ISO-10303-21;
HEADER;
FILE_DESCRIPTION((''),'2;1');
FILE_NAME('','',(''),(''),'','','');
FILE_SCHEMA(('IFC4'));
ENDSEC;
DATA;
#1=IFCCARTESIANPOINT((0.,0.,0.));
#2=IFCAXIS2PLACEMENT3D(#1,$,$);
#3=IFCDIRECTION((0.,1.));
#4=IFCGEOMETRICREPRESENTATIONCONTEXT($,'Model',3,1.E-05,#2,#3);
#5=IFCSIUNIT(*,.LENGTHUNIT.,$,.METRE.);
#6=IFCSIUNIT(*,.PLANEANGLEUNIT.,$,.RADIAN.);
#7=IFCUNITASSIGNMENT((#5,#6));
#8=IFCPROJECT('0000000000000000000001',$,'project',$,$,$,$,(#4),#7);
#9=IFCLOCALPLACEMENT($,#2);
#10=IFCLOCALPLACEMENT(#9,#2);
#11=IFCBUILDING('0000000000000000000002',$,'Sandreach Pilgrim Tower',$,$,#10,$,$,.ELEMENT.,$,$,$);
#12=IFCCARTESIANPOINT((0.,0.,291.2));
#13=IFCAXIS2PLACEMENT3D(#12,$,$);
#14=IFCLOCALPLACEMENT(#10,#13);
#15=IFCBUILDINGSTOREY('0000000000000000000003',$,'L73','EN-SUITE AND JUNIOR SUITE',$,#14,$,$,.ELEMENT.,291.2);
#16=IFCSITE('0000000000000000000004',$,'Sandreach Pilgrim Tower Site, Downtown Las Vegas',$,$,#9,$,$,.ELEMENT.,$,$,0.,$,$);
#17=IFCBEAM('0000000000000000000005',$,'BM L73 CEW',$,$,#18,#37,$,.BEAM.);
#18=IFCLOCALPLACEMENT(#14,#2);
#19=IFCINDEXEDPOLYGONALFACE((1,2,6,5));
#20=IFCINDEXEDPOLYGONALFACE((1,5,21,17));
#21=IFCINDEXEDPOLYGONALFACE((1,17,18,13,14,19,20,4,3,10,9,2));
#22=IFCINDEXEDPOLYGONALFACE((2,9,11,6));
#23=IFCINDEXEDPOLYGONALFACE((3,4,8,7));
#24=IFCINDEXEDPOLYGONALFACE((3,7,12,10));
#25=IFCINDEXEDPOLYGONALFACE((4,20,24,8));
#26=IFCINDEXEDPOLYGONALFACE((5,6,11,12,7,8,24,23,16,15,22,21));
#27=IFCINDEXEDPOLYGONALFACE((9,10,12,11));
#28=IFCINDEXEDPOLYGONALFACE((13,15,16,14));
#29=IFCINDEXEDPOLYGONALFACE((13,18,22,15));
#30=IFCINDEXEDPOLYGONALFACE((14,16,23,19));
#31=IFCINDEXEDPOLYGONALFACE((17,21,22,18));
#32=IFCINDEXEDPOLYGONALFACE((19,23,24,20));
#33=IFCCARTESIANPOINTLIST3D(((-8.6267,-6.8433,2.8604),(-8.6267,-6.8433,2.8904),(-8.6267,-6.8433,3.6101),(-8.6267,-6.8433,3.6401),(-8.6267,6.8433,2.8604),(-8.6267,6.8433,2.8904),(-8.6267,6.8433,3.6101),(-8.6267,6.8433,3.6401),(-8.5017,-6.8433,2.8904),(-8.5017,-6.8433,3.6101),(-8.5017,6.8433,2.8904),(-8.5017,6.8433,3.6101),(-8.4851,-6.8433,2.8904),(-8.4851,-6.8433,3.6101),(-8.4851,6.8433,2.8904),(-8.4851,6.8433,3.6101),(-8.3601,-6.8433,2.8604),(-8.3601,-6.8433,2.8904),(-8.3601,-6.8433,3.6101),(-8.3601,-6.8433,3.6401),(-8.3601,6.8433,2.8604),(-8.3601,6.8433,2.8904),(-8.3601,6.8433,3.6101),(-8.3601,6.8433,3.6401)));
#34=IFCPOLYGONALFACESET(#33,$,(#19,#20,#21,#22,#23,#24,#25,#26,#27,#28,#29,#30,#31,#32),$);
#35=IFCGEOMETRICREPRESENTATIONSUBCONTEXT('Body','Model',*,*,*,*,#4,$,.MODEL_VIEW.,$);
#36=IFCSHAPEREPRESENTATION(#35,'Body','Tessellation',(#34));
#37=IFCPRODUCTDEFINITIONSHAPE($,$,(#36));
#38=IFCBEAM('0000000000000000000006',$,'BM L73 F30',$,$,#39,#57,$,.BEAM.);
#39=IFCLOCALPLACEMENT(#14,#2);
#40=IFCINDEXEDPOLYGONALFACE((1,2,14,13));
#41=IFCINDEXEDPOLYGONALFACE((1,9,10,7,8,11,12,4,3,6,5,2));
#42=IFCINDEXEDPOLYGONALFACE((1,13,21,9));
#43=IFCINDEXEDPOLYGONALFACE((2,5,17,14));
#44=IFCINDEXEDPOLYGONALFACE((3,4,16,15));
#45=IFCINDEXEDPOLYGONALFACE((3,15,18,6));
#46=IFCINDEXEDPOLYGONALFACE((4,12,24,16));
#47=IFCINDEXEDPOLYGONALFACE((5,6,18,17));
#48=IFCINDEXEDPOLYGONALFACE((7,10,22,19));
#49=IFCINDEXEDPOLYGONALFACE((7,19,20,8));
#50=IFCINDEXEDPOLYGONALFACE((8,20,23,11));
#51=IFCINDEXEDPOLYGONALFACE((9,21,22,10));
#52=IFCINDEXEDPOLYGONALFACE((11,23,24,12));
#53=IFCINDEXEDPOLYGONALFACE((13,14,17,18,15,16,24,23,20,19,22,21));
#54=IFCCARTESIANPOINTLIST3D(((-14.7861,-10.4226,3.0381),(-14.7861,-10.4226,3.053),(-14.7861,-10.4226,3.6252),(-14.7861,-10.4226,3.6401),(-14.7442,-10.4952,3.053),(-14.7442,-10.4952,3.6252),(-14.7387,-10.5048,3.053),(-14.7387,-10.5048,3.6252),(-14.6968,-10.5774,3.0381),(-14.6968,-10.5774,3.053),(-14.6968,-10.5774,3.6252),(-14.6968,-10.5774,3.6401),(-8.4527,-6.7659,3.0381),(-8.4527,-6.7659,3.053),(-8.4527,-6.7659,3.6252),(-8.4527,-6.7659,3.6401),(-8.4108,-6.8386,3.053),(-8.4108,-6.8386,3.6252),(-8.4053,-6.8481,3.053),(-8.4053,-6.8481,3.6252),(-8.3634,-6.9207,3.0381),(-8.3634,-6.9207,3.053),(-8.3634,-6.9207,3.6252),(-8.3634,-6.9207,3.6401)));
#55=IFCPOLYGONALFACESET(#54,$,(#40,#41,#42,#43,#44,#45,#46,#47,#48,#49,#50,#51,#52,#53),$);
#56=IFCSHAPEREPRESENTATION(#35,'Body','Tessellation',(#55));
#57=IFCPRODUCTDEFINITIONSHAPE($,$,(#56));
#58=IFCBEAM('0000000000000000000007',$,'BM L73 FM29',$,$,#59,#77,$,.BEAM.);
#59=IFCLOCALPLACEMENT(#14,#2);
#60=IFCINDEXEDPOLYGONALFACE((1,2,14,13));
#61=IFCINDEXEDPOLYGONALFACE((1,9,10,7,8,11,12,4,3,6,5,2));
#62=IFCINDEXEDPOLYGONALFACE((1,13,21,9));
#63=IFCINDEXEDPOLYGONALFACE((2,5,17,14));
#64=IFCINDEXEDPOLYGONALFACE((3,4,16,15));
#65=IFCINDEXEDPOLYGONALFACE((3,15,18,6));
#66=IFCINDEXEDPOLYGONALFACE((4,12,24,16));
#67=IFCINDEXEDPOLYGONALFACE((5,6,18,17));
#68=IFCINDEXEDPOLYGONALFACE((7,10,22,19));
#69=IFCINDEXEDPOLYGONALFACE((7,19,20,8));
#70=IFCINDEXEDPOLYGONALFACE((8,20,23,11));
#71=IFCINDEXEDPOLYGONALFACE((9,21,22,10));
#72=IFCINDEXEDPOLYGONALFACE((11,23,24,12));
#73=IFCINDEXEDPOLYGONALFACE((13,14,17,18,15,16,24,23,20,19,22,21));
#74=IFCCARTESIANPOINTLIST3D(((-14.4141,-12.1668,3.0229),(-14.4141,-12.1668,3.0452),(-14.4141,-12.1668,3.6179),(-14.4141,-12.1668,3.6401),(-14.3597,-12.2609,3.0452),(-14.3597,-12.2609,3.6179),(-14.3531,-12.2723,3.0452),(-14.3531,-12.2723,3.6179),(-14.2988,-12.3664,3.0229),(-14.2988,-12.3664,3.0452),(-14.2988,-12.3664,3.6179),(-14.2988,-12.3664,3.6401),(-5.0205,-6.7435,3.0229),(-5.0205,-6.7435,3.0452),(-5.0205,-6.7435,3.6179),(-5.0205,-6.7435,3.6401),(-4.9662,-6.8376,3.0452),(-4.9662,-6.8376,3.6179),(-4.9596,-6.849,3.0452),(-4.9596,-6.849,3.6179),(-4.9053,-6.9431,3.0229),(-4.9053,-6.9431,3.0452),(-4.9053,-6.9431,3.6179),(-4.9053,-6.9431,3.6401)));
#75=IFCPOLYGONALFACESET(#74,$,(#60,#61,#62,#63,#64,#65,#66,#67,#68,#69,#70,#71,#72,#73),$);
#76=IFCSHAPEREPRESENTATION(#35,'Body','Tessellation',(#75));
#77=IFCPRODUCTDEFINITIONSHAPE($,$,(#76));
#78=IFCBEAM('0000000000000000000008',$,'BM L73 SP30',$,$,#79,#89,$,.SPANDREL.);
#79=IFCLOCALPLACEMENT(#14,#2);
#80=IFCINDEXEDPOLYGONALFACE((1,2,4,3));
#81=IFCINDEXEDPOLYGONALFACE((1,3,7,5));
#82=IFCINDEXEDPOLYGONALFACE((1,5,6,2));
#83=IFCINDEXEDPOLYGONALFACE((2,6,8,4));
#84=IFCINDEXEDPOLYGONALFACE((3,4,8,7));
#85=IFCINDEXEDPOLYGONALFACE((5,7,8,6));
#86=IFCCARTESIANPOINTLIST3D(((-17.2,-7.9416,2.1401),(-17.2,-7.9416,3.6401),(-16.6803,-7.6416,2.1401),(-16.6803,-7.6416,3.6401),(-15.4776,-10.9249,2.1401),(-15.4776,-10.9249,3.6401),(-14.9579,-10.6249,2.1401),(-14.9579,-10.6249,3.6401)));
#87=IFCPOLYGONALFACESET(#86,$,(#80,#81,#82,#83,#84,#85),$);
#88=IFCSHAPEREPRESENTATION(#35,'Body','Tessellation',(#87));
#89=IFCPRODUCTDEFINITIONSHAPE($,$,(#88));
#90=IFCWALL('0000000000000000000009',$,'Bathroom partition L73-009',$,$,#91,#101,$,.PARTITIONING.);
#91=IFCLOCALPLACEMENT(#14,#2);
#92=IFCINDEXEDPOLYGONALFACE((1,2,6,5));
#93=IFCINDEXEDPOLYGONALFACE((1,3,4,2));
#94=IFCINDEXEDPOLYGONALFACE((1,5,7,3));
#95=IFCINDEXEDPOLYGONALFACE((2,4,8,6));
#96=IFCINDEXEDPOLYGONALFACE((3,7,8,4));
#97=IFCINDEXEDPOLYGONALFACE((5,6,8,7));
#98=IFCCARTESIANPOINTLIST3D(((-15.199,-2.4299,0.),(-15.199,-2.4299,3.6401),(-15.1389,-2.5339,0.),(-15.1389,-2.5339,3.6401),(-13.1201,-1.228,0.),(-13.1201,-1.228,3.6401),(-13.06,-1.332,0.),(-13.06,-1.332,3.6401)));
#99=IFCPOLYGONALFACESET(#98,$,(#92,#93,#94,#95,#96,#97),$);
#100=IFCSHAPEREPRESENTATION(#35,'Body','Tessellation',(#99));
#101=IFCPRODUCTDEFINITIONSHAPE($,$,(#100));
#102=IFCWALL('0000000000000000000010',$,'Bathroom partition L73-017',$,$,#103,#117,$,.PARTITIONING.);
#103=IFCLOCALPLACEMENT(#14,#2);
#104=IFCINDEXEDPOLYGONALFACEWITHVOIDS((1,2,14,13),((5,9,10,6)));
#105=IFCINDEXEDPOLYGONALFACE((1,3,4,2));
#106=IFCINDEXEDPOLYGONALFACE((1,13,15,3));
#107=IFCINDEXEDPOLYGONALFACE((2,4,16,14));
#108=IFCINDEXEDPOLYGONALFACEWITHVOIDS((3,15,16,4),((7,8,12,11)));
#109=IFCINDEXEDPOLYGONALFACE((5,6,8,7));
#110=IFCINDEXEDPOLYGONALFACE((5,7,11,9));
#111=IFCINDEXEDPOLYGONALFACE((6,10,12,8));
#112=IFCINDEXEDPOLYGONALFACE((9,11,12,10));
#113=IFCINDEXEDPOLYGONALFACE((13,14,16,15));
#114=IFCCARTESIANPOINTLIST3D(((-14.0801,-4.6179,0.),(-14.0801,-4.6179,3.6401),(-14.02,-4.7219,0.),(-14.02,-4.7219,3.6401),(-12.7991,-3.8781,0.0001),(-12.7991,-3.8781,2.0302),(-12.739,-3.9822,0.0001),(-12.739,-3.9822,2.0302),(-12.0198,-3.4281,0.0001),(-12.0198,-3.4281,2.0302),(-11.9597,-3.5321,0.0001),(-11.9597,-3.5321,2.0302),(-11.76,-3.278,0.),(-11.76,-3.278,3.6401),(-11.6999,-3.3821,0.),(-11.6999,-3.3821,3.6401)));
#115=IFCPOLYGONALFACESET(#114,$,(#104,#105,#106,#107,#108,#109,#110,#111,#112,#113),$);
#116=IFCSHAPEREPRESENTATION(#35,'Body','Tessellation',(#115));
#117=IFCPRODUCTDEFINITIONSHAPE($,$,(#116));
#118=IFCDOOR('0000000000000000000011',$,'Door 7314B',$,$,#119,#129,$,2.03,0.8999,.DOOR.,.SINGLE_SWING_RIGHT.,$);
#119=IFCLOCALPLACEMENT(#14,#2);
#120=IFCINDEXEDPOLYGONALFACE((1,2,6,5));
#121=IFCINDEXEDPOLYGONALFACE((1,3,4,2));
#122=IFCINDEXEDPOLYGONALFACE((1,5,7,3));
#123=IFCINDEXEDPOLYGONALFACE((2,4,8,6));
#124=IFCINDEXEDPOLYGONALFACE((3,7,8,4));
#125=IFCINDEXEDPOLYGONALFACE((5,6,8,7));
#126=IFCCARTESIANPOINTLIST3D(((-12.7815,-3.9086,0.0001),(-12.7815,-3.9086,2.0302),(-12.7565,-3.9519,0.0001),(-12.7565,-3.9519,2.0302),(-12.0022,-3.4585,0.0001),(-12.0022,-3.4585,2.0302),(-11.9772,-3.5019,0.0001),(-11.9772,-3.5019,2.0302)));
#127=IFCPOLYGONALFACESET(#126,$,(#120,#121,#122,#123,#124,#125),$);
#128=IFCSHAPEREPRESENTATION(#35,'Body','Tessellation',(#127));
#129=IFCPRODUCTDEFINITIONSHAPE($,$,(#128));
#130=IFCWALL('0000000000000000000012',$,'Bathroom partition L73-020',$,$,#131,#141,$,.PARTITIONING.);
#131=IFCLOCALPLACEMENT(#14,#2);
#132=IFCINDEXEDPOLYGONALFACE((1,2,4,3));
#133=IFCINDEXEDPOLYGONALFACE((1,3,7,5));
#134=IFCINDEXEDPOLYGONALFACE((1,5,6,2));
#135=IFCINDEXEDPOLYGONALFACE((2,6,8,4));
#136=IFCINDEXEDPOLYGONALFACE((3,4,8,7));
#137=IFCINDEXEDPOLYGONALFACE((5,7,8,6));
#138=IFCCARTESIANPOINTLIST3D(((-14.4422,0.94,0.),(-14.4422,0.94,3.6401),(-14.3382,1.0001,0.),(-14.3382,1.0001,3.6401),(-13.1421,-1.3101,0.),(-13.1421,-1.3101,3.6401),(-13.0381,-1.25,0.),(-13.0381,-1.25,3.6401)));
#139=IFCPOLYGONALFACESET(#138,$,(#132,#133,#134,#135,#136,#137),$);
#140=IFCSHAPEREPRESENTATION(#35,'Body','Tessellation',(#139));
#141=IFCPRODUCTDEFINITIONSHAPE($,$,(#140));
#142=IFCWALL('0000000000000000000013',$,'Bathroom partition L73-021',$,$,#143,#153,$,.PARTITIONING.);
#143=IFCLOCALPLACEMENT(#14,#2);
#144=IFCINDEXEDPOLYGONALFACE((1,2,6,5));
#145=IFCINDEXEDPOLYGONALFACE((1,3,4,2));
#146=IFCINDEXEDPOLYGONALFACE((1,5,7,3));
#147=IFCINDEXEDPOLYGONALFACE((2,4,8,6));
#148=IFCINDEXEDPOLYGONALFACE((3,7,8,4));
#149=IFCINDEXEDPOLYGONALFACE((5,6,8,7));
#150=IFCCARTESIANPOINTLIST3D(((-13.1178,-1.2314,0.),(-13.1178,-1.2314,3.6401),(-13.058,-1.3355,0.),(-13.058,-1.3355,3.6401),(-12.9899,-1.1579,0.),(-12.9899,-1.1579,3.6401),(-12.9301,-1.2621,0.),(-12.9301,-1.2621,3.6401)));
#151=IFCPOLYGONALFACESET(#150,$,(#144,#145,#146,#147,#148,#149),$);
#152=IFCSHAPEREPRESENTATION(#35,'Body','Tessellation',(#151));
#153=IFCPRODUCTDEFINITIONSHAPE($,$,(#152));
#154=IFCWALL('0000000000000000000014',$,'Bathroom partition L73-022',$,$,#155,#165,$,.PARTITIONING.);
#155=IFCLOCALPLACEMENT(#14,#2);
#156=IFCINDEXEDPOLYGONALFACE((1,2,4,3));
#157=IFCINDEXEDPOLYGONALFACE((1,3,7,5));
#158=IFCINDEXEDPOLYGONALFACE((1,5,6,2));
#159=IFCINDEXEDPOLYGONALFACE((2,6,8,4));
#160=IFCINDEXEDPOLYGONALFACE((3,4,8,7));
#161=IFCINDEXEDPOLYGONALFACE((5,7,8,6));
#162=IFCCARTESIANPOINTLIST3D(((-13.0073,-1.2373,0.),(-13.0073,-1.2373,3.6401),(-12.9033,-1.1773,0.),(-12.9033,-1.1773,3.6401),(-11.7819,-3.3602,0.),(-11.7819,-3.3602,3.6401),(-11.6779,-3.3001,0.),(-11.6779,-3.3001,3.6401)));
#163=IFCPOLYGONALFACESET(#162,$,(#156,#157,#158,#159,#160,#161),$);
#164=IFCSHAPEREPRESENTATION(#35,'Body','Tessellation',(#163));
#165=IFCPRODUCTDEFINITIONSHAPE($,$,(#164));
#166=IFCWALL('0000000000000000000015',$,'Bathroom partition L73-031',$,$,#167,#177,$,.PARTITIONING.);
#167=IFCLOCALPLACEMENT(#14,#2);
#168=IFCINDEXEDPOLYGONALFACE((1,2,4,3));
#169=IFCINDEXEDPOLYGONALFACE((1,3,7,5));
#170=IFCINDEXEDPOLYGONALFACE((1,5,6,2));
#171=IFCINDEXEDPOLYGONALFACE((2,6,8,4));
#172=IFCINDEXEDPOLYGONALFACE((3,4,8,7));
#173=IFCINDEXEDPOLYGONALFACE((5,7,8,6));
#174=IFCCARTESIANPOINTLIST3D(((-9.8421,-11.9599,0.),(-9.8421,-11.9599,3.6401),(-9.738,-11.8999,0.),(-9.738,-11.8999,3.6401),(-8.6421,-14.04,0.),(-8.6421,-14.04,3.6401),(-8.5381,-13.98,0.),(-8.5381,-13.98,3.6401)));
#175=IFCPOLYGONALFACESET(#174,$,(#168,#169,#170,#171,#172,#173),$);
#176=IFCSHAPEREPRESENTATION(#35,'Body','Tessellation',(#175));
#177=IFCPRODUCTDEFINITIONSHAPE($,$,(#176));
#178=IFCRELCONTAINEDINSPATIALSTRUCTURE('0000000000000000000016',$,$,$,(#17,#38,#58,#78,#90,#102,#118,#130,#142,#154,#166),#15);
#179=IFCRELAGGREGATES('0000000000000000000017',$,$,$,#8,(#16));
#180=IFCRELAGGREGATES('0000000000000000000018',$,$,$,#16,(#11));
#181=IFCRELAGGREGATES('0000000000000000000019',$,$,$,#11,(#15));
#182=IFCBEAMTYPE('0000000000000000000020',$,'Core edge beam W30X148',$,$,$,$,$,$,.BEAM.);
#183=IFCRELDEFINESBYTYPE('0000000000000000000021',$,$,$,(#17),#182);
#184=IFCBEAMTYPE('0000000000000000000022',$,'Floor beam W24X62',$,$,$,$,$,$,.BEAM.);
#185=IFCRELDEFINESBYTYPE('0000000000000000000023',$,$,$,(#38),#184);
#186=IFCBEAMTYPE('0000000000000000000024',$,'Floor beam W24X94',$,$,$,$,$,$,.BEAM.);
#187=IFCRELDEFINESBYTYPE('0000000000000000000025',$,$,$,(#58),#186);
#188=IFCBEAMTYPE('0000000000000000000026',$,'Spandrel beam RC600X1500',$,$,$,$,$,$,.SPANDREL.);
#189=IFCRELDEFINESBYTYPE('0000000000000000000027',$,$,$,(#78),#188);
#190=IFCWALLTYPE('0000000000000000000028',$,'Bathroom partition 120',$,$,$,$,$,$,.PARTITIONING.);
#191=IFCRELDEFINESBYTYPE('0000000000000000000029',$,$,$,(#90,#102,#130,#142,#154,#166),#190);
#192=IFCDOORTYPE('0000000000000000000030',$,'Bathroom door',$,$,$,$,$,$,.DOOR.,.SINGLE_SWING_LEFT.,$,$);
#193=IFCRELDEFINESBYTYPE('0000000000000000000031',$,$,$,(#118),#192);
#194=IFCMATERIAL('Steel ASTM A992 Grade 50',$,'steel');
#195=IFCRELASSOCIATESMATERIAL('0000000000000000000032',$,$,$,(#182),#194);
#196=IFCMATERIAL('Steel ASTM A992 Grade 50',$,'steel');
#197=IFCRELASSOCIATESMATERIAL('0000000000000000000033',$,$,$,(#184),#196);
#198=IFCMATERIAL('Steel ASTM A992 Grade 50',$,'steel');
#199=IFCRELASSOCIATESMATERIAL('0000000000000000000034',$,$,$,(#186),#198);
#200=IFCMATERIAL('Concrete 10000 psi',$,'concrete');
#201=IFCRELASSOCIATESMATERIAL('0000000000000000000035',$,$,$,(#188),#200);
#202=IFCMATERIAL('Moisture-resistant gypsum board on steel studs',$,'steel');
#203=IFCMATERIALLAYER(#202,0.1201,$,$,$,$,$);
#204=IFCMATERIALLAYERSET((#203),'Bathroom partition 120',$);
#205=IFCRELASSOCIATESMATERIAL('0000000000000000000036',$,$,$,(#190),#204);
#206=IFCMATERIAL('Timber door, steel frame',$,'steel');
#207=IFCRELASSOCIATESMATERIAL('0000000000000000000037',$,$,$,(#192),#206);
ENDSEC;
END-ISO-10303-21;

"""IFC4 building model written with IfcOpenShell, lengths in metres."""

from ifc_helpers import new_model, si_unit, direction, frame, frame_2d, origin, origin_2d, place, context, subcontext, project, spatial, rectangle, i_section, extrude, material, layer, layer_set, material_profile, profile_set, type_object, element, fill, save


model = new_model("IFC4")

# Units and contexts
model_context = context("Model", 3, precision=1e-05, world=origin(), true_north=direction((0.0, 1.0)))
body_context = subcontext(model_context, "Body", "Model", "MODEL_VIEW")
ifc_project = project(units=[si_unit("LENGTHUNIT", "METRE"), si_unit("PLANEANGLEUNIT", "RADIAN")], contexts=[model_context])

# Site, building, storey
site_placement = place(None, origin())
site = spatial("IfcSite", under=ifc_project, at=site_placement, Name="Sandreach Pilgrim Tower Site, Downtown Las Vegas", CompositionType="ELEMENT", RefElevation=0.0)
building_placement = place(site_placement, origin())
building = spatial("IfcBuilding", under=site, at=building_placement, Name="Sandreach Pilgrim Tower", CompositionType="ELEMENT")
storey_placement = place(building_placement, frame((0.0, 0.0, 291.2)))
storey = spatial("IfcBuildingStorey", under=building, at=storey_placement, Name="L73", Description="EN-SUITE AND JUNIOR SUITE", CompositionType="ELEMENT", Elevation=291.2)

# Beams
ifc_material_1 = material(Name="Steel ASTM A992 Grade 50", Category="steel")
ifc_material_profile_1 = material_profile(ifc_material_1, i_section(OverallWidth=0.2666, OverallDepth=0.7798, WebThickness=0.0166, FlangeThickness=0.03, at=origin_2d()), Name="W30X148")
ifc_profile_set_1 = profile_set([ifc_material_profile_1], Name="Steel ASTM A992 Grade 50")
beam_type_1 = type_object("IfcBeamType", Name="Core edge beam W30X148", PredefinedType="BEAM", material=ifc_profile_set_1)
beam_1_placement = place(storey_placement, frame((-8.4934, -6.8433, 3.2502), z_axis=(0.0, 1.0, 0.0), x_axis=(-1.0, 0.0, 0.0)))
element("IfcBeam", 1, at=beam_1_placement, inside=storey, type_object=beam_type_1, Name="BM L73 CEW", PredefinedType="BEAM", context=body_context, shape_type="SweptSolid", body=[
    extrude(i_section(OverallWidth=0.2666, OverallDepth=0.7798, WebThickness=0.0166, FlangeThickness=0.03, at=origin_2d()), origin(), (0.0, 0.0, 1.0), 13.6865),
])
ifc_material_2 = material(Name="Steel ASTM A992 Grade 50", Category="steel")
ifc_material_profile_2 = material_profile(ifc_material_2, i_section(OverallWidth=0.1787, OverallDepth=0.6021, WebThickness=0.011, FlangeThickness=0.0149, at=origin_2d()), Name="W24X62")
ifc_profile_set_2 = profile_set([ifc_material_profile_2], Name="Steel ASTM A992 Grade 50")
beam_type_2 = type_object("IfcBeamType", Name="Floor beam W24X62", PredefinedType="BEAM", material=ifc_profile_set_2)
beam_2_placement = place(storey_placement, frame((-14.7415, -10.5, 3.3391), z_axis=(0.86602, 0.500009, 0.0), x_axis=(-0.500009, 0.86602, 0.0)))
element("IfcBeam", 2, at=beam_2_placement, inside=storey, type_object=beam_type_2, Name="BM L73 F30", PredefinedType="BEAM", context=body_context, shape_type="SweptSolid", body=[
    extrude(i_section(OverallWidth=0.1787, OverallDepth=0.6021, WebThickness=0.011, FlangeThickness=0.0149, at=origin_2d()), origin(), (0.0, 0.0, 1.0), 7.3132),
])
ifc_material_3 = material(Name="Steel ASTM A992 Grade 50", Category="steel")
ifc_material_profile_3 = material_profile(ifc_material_3, i_section(OverallWidth=0.2305, OverallDepth=0.6172, WebThickness=0.0132, FlangeThickness=0.0222, at=origin_2d()), Name="W24X94")
ifc_profile_set_3 = profile_set([ifc_material_profile_3], Name="Steel ASTM A992 Grade 50")
beam_type_3 = type_object("IfcBeamType", Name="Floor beam W24X94", PredefinedType="BEAM", material=ifc_profile_set_3)
beam_3_placement = place(storey_placement, frame((-14.3564, -12.2666, 3.3315), z_axis=(0.866027, 0.499998, 0.0), x_axis=(-0.499998, 0.866027, 0.0)))
element("IfcBeam", 3, at=beam_3_placement, inside=storey, type_object=beam_type_3, Name="BM L73 FM29", PredefinedType="BEAM", context=body_context, shape_type="SweptSolid", body=[
    extrude(i_section(OverallWidth=0.2305, OverallDepth=0.6172, WebThickness=0.0132, FlangeThickness=0.0222, at=origin_2d()), origin(), (0.0, 0.0, 1.0), 10.8467),
])
ifc_material_4 = material(Name="Concrete 10000 psi", Category="concrete")
ifc_material_profile_4 = material_profile(ifc_material_4, rectangle(XDim=0.6001, YDim=1.5, at=origin_2d()), Name="RC600X1500")
ifc_profile_set_4 = profile_set([ifc_material_profile_4], Name="Concrete 10000 psi")
beam_type_4 = type_object("IfcBeamType", Name="Spandrel beam RC600X1500", PredefinedType="SPANDREL", material=ifc_profile_set_4)
beam_4_placement = place(storey_placement, frame((-15.2178, -10.7749, 2.8901), z_axis=(-0.499988, 0.866032, 0.0), x_axis=(-0.866032, -0.499988, 0.0)))
element("IfcBeam", 4, at=beam_4_placement, inside=storey, type_object=beam_type_4, Name="BM L73 SP30", PredefinedType="SPANDREL", context=body_context, shape_type="SweptSolid", body=[
    extrude(rectangle(XDim=0.6001, YDim=1.5, at=origin_2d()), origin(), (0.0, 0.0, 1.0), 3.4448),
])

# Wall
ifc_material_5 = material(Name="Moisture-resistant gypsum board on steel studs", Category="steel")
ifc_layer_1 = layer(ifc_material_5, 0.1201)
ifc_layer_set_1 = layer_set([ifc_layer_1], Name="Bathroom partition 120")
wall_type_1 = type_object("IfcWallType", Name="Bathroom partition 120", PredefinedType="PARTITIONING", material=ifc_layer_set_1)
wall_1_placement = place(storey_placement, frame((-15.1689, -2.4819, 0.0), z_axis=(0.0, 0.0, 1.0), x_axis=(0.865723, 0.500523, 0.0)))
element("IfcWall", 5, at=wall_1_placement, inside=storey, type_object=wall_type_1, Name="Bathroom partition L73-009", PredefinedType="PARTITIONING", context=body_context, shape_type="SweptSolid", body=[
    extrude(rectangle(XDim=2.4014, YDim=0.1201, at=frame_2d((1.2007, 0.0))), origin(), (0.0, 0.0, 1.0), 3.6401),
])

# Wall, opening, door
wall_2_placement = place(storey_placement, frame((-14.05, -4.6699, 0.0), z_axis=(0.0, 0.0, 1.0), x_axis=(0.865969, 0.500098, 0.0)))
wall_2 = element("IfcWall", 6, at=wall_2_placement, inside=storey, type_object=wall_type_1, Name="Bathroom partition L73-017", PredefinedType="PARTITIONING", context=body_context, shape_type="SweptSolid", body=[
    extrude(rectangle(XDim=2.6792, YDim=0.1201, at=frame_2d((1.3396, 0.0))), origin(), (0.0, 0.0, 1.0), 3.6401),
])
opening_1_placement = place(wall_2_placement, frame((1.4792, 0.0, 0.0)))
opening_1 = element("IfcOpeningElement", 7, at=opening_1_placement, cuts=wall_2, PredefinedType="OPENING", context=body_context, shape_type="SweptSolid", body=[
    extrude(rectangle(XDim=0.8999, YDim=2.03, at=frame_2d((0.45, 1.0151))), frame((0.0, 0.0601, 0.0), z_axis=(0.0, -1.0, 0.0), x_axis=(1.0, 0.0, 0.0)), (0.0, 0.0, 1.0), 0.1201),
])
ifc_material_6 = material(Name="Timber door, steel frame", Category="steel")
door_type_1 = type_object("IfcDoorType", Name="Bathroom door", OperationType="SINGLE_SWING_LEFT", PredefinedType="DOOR", material=ifc_material_6)
door_1_placement = place(opening_1_placement, origin())
door_1 = element("IfcDoor", 8, at=door_1_placement, inside=storey, type_object=door_type_1, Name="Door 7314B", OperationType="SINGLE_SWING_RIGHT", OverallHeight=2.03, OverallWidth=0.8999, PredefinedType="DOOR", context=body_context, shape_type="SweptSolid", body=[
    extrude(rectangle(XDim=0.8999, YDim=2.03, at=frame_2d((0.45, 1.0151))), frame((0.0, 0.0249, 0.0), z_axis=(0.0, -1.0, 0.0), x_axis=(1.0, 0.0, 0.0)), (0.0, 0.0, 1.0), 0.05),
])
fill(opening_1, door_1)

# Walls
wall_3_placement = place(storey_placement, frame((-13.0901, -1.28, 0.0), z_axis=(0.0, 0.0, 1.0), x_axis=(-0.500292, 0.865857, 0.0)))
element("IfcWall", 9, at=wall_3_placement, inside=storey, type_object=wall_type_1, Name="Bathroom partition L73-020", PredefinedType="PARTITIONING", context=body_context, shape_type="SweptSolid", body=[
    extrude(rectangle(XDim=2.5986, YDim=0.1201, at=frame_2d((1.2993, 0.0))), origin(), (0.0, 0.0, 1.0), 3.6401),
])
wall_4_placement = place(storey_placement, frame((-13.0879, -1.2834, 0.0), z_axis=(0.0, 0.0, 1.0), x_axis=(0.867121, 0.498098, 0.0)))
element("IfcWall", 10, at=wall_4_placement, inside=storey, type_object=wall_type_1, Name="Bathroom partition L73-021", PredefinedType="PARTITIONING", context=body_context, shape_type="SweptSolid", body=[
    extrude(rectangle(XDim=0.1475, YDim=0.1201, at=frame_2d((0.0737, 0.0))), origin(), (0.0, 0.0, 1.0), 3.6401),
])
wall_5_placement = place(storey_placement, frame((-12.9553, -1.2073, 0.0), z_axis=(0.0, 0.0, 1.0), x_axis=(0.499921, -0.866071, 0.0)))
element("IfcWall", 11, at=wall_5_placement, inside=storey, type_object=wall_type_1, Name="Bathroom partition L73-022", PredefinedType="PARTITIONING", context=body_context, shape_type="SweptSolid", body=[
    extrude(rectangle(XDim=2.4512, YDim=0.1201, at=frame_2d((1.2256, 0.0))), origin(), (0.0, 0.0, 1.0), 3.6401),
])
wall_6_placement = place(storey_placement, frame((-9.79, -11.9299, 0.0), z_axis=(0.0, 0.0, 1.0), x_axis=(0.499693, -0.866203, 0.0)))
element("IfcWall", 12, at=wall_6_placement, inside=storey, type_object=wall_type_1, Name="Bathroom partition L73-031", PredefinedType="PARTITIONING", context=body_context, shape_type="SweptSolid", body=[
    extrude(rectangle(XDim=2.4014, YDim=0.1201, at=frame_2d((1.2007, 0.0))), origin(), (0.0, 0.0, 1.0), 3.6401),
])

save(model, "model.ifc")
